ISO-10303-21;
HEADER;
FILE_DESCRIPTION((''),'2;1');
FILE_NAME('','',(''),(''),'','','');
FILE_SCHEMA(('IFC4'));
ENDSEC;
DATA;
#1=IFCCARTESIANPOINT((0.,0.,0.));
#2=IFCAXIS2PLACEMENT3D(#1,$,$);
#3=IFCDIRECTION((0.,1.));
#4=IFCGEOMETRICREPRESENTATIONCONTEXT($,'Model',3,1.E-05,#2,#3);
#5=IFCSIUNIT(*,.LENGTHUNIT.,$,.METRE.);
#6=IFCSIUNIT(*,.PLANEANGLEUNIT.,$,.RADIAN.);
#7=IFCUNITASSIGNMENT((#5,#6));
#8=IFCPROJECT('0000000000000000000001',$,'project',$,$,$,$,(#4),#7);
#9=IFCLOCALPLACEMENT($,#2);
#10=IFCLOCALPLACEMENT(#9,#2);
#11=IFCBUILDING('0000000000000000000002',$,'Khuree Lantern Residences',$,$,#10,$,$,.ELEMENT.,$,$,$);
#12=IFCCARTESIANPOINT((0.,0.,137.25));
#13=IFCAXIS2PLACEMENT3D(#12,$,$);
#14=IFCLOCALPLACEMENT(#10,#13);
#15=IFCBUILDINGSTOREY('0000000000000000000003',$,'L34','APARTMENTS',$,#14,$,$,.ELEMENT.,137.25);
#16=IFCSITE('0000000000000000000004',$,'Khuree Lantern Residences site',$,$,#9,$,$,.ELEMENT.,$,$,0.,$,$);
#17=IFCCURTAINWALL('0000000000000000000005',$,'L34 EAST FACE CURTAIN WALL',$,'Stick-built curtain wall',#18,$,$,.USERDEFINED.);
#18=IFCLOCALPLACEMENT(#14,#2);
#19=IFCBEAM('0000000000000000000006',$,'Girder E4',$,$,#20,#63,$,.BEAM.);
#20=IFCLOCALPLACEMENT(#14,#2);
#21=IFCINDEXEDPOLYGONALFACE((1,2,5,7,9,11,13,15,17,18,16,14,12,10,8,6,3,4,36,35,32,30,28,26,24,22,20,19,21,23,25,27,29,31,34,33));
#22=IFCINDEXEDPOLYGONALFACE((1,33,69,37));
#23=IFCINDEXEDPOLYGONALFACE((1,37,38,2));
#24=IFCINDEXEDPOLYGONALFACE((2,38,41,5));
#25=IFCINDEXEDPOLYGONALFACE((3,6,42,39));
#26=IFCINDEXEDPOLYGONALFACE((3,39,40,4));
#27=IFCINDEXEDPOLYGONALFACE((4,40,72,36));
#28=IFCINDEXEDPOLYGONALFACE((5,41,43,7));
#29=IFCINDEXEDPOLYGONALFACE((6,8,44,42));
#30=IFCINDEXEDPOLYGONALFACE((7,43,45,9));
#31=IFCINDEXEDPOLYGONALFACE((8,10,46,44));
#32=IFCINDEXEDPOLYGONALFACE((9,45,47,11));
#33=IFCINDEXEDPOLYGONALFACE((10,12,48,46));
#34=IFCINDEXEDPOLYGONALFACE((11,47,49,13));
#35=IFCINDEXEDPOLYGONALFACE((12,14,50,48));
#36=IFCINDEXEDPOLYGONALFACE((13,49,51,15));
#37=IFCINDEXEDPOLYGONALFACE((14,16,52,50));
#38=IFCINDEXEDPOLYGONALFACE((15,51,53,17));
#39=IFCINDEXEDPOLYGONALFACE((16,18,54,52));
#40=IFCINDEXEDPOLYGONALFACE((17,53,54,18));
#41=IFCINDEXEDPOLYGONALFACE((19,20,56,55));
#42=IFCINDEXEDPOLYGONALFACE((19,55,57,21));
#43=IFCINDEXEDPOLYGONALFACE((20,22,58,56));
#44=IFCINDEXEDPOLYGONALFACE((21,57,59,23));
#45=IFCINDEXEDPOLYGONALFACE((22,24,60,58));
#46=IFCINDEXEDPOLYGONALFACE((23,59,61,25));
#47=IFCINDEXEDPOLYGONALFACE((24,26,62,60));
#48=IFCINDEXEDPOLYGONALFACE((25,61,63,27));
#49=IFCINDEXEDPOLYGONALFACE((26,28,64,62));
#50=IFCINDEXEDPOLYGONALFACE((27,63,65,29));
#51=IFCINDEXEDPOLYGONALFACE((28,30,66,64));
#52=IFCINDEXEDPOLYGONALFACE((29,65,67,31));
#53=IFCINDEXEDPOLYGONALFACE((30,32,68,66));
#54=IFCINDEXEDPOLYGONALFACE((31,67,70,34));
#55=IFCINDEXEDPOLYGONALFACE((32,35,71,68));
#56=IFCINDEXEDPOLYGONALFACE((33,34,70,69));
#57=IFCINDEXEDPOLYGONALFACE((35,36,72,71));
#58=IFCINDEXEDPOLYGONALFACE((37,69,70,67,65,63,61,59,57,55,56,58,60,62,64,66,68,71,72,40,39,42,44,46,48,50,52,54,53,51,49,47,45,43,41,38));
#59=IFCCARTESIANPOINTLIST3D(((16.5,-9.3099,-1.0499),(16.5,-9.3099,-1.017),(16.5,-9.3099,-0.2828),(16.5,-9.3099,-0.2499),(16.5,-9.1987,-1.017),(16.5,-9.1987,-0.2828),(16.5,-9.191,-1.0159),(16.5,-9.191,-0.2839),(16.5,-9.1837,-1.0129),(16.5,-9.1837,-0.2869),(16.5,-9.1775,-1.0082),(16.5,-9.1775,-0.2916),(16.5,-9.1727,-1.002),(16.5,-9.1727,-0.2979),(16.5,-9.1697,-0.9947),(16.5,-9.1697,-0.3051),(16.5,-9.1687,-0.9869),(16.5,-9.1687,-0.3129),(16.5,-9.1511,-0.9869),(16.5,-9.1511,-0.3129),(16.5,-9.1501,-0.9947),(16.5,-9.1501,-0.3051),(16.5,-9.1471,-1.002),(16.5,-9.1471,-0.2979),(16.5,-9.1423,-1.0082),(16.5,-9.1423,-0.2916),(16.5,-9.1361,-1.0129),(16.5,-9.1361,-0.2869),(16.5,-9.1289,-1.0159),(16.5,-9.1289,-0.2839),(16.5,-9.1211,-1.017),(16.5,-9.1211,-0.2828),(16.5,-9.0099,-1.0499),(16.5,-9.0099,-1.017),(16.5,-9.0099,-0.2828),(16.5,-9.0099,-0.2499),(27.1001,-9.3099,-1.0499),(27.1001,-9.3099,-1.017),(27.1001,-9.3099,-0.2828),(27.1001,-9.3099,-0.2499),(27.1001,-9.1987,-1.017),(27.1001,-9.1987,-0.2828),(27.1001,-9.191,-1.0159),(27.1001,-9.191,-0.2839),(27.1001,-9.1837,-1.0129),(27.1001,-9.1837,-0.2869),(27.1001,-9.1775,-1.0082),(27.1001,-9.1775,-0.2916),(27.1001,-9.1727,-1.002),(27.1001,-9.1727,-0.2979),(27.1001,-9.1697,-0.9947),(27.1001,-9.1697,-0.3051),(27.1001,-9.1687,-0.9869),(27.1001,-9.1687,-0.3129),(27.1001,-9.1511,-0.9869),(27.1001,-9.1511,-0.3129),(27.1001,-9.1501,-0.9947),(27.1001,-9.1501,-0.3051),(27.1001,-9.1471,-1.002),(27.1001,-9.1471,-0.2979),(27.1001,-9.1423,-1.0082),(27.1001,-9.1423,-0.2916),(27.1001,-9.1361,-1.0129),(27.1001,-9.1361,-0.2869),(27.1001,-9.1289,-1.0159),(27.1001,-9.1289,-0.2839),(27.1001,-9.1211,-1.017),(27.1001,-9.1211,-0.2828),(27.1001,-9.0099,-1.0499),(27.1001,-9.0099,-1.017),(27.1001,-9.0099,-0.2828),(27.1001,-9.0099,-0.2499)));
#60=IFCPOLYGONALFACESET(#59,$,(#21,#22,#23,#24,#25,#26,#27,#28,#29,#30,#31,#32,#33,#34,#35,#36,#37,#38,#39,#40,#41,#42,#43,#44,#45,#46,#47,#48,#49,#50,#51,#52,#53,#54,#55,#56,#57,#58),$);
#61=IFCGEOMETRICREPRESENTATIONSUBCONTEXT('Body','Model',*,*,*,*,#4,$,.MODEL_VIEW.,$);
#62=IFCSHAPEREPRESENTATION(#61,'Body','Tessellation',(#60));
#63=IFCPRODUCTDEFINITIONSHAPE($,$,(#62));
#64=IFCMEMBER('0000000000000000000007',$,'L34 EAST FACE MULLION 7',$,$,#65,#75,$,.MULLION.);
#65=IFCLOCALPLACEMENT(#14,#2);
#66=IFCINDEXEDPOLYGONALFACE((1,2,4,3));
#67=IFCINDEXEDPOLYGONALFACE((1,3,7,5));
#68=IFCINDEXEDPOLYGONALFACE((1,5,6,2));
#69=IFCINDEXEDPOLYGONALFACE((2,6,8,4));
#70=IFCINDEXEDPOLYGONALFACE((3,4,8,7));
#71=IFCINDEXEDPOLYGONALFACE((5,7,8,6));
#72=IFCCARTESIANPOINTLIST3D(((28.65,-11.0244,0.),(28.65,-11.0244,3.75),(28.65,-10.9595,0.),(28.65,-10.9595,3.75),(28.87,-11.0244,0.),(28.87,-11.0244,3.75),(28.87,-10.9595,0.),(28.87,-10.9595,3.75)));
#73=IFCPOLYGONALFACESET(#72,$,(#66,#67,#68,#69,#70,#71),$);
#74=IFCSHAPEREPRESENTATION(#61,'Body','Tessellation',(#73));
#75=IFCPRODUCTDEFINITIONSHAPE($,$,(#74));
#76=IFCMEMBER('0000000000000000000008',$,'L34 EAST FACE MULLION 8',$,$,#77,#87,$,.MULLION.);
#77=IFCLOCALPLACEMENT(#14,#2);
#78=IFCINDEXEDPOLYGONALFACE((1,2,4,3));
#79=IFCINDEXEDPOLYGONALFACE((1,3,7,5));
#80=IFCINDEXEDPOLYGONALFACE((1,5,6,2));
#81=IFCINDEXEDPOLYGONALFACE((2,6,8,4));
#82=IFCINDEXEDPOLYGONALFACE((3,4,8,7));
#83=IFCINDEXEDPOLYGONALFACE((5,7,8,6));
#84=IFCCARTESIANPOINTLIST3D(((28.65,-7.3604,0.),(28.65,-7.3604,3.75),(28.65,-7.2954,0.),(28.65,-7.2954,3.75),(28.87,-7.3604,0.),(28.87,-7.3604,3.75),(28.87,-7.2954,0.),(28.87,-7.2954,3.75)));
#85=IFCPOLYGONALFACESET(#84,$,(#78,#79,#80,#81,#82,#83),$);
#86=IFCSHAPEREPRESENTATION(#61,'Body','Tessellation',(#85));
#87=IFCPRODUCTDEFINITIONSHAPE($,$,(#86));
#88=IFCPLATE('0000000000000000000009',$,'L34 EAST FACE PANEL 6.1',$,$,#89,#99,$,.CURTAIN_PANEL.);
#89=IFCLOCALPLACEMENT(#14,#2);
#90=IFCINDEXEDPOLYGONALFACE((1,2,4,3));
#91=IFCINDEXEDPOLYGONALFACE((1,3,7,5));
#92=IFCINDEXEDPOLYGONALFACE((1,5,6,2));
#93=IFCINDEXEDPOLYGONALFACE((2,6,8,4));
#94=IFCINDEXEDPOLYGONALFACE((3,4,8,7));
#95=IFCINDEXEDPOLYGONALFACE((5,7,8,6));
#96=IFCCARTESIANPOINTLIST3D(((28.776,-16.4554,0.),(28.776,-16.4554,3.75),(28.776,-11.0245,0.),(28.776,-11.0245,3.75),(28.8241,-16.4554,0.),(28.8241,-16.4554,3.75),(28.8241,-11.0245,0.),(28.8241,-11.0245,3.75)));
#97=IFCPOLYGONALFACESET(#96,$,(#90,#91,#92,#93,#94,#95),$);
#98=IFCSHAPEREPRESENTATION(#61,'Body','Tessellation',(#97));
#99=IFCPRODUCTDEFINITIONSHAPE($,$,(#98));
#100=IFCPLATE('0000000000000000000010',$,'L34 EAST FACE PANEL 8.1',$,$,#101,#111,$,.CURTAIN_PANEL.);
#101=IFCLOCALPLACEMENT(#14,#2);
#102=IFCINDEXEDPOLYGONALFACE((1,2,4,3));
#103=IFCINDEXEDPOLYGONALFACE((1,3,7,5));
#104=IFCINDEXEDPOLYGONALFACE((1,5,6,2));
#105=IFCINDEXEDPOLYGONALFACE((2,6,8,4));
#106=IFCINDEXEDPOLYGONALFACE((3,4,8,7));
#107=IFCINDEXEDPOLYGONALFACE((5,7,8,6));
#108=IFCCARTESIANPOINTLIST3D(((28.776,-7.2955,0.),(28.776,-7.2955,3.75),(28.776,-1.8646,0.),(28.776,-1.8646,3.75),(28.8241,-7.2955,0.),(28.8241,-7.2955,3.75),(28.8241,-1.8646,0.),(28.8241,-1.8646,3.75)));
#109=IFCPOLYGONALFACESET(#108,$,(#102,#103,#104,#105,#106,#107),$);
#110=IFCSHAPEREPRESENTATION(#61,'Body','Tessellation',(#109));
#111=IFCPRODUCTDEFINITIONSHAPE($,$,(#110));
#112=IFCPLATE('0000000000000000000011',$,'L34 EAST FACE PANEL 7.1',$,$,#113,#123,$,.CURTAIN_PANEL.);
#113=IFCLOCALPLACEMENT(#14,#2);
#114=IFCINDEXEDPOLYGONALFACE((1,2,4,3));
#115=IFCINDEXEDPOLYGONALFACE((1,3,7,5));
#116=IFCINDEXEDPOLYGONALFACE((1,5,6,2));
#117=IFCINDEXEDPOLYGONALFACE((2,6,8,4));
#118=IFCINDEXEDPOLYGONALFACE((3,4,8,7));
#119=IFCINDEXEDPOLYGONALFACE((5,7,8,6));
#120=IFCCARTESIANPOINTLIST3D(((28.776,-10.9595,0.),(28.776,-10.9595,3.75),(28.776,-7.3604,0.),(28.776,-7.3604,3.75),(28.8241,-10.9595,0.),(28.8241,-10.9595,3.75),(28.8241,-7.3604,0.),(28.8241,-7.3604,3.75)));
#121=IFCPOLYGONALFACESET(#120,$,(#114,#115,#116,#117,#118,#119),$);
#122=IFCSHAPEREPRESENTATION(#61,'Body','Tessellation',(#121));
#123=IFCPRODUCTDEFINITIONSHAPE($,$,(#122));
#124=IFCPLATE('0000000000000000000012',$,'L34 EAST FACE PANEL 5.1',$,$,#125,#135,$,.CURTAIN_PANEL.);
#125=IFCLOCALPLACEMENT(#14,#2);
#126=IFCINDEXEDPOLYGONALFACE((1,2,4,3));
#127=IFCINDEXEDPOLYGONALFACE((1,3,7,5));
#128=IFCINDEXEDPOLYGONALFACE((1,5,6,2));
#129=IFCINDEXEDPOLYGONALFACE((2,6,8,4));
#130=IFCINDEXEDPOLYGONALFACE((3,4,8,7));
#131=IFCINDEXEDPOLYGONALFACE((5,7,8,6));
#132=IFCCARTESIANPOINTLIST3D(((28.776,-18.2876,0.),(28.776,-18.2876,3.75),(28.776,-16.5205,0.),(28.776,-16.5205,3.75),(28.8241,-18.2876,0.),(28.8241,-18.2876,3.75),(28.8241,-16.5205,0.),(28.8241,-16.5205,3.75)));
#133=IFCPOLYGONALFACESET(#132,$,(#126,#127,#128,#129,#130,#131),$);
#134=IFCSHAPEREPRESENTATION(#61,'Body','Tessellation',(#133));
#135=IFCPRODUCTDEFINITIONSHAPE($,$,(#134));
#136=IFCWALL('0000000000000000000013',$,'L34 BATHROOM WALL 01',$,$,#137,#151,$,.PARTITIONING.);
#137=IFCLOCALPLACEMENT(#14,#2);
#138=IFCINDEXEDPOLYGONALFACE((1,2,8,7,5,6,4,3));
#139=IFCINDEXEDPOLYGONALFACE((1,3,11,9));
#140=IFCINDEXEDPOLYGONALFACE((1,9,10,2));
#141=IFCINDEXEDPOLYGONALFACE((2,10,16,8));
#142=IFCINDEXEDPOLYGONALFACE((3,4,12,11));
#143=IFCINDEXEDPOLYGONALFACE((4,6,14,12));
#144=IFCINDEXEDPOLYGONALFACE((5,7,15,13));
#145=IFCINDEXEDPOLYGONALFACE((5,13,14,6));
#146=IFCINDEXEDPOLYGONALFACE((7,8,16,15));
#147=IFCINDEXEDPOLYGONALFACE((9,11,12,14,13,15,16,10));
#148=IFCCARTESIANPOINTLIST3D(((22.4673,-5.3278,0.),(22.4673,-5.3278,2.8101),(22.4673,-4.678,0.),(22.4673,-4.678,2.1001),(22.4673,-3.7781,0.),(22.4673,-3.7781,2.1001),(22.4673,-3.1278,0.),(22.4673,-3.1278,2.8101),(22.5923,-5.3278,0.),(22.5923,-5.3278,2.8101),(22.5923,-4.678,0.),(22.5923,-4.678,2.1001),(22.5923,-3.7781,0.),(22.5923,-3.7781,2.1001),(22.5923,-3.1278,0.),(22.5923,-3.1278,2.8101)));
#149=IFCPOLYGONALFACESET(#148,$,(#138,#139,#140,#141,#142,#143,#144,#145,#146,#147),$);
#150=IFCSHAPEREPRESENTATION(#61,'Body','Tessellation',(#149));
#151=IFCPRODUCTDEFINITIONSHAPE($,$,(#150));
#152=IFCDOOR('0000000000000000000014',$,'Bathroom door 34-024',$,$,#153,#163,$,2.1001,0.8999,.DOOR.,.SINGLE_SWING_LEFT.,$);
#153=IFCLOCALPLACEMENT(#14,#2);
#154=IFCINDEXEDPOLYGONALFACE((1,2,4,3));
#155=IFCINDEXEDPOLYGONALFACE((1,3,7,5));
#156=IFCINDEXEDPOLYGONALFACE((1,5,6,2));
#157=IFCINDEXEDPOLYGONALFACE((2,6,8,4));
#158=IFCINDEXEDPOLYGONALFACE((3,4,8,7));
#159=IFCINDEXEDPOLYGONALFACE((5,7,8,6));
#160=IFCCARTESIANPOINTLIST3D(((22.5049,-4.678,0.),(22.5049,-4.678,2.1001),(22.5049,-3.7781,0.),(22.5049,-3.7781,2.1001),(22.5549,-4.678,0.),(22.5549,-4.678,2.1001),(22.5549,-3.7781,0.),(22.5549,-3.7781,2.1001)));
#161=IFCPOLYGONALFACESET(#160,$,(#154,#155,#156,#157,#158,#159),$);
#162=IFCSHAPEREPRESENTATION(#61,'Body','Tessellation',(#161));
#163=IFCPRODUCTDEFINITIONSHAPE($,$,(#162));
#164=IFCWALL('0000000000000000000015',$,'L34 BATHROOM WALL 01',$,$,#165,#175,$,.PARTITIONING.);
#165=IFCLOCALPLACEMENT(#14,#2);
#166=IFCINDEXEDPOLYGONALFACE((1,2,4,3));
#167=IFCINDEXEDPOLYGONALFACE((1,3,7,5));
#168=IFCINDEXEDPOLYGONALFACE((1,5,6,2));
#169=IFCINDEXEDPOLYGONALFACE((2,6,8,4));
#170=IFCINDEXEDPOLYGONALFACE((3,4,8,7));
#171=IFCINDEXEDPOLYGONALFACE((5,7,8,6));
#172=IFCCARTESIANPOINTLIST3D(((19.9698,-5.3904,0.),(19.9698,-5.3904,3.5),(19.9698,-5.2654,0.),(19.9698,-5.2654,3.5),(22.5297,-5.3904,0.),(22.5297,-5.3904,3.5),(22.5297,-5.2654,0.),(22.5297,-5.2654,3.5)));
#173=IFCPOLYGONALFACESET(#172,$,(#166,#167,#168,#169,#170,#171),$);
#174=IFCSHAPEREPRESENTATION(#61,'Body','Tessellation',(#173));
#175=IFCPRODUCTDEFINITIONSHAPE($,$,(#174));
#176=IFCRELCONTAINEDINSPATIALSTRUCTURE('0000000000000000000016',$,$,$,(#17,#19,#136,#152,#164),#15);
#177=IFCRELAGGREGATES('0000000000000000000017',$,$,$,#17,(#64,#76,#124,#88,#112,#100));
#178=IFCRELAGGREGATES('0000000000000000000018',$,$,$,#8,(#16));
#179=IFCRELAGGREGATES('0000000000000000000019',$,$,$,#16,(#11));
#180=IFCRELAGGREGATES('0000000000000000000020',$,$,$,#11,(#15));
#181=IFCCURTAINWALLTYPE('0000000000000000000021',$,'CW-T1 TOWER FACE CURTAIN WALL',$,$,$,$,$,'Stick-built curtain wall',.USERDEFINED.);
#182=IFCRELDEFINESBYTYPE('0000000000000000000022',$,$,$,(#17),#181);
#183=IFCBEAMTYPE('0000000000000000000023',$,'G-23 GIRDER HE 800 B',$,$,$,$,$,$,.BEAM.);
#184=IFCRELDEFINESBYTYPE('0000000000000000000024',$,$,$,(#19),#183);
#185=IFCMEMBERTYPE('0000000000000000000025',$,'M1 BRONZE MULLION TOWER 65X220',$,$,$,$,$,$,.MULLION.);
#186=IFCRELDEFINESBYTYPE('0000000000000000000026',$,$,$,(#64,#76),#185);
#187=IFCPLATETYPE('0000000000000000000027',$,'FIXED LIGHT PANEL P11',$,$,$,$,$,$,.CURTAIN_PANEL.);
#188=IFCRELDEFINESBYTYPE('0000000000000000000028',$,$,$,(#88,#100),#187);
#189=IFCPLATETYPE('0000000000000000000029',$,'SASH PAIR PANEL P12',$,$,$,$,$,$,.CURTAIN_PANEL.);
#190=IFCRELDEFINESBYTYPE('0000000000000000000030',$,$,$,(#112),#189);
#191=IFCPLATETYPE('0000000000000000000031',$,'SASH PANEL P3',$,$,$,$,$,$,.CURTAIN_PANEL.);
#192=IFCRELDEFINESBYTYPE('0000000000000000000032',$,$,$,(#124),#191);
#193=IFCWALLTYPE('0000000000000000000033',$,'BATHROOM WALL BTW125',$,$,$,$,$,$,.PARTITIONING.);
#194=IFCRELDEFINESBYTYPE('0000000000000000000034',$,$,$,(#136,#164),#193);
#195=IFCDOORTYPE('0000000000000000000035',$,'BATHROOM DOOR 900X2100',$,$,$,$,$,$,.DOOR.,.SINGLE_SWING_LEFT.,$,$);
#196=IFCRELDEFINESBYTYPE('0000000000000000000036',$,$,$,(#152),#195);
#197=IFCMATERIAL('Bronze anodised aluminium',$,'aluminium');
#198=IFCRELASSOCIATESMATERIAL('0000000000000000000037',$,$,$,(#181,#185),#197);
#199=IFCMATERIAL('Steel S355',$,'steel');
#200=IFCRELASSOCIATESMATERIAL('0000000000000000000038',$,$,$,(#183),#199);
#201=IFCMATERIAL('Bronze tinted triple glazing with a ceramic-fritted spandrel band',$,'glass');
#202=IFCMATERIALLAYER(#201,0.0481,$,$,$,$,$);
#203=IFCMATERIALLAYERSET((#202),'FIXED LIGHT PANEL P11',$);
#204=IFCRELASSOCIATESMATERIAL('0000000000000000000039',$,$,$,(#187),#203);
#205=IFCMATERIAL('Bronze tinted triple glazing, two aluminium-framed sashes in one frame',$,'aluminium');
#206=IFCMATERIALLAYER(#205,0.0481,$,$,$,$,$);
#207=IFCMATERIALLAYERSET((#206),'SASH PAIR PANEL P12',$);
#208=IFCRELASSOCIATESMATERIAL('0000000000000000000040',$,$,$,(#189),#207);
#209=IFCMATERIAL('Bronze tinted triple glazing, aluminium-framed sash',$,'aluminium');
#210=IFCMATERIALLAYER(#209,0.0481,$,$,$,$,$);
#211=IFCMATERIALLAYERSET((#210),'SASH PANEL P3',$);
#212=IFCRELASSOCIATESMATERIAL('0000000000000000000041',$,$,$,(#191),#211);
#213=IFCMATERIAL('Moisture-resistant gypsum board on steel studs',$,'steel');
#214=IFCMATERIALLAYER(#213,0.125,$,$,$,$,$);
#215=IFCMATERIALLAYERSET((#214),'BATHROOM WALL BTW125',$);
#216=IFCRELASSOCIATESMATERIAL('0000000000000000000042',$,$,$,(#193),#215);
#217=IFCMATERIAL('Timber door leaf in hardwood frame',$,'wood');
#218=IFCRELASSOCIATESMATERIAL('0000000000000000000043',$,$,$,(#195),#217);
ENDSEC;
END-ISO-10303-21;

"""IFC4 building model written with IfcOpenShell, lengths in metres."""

from ifc_helpers import new_model, si_unit, direction, frame, frame_2d, origin, origin_2d, place, context, subcontext, project, spatial, rectangle, i_section, extrude, material, layer, layer_set, material_profile, profile_set, type_object, element, fill, aggregate, save


model = new_model("IFC4")

# Units and contexts
model_context = context("Model", 3, precision=1e-05, world=origin(), true_north=direction((0.0, 1.0)))
body_context = subcontext(model_context, "Body", "Model", "MODEL_VIEW")
ifc_project = project(units=[si_unit("LENGTHUNIT", "METRE"), si_unit("PLANEANGLEUNIT", "RADIAN")], contexts=[model_context])

# Site, building, storey
site_placement = place(None, origin())
site = spatial("IfcSite", under=ifc_project, at=site_placement, Name="Khuree Lantern Residences site", CompositionType="ELEMENT", RefElevation=0.0)
building_placement = place(site_placement, origin())
building = spatial("IfcBuilding", under=site, at=building_placement, Name="Khuree Lantern Residences", CompositionType="ELEMENT")
storey_placement = place(building_placement, frame((0.0, 0.0, 137.25)))
storey = spatial("IfcBuildingStorey", under=building, at=storey_placement, Name="L34", Description="APARTMENTS", CompositionType="ELEMENT", Elevation=137.25)

# Shared definitions
ifc_material_1 = material(Name="Steel S355", Category="steel")

# Curtain wall
ifc_material_2 = material(Name="Bronze anodised aluminium", Category="aluminium")
curtain_wall_type = type_object("IfcCurtainWallType", Name="CW-T1 TOWER FACE CURTAIN WALL", ElementType="Stick-built curtain wall", PredefinedType="USERDEFINED", material=ifc_material_2)
curtain_wall_placement = place(storey_placement, origin())
curtain_wall = element("IfcCurtainWall", 1, at=curtain_wall_placement, inside=storey, type_object=curtain_wall_type, Name="L34 EAST FACE CURTAIN WALL", ObjectType="Stick-built curtain wall", PredefinedType="USERDEFINED")

# Beam
ifc_material_profile_1 = material_profile(ifc_material_1, i_section(OverallWidth=0.3, OverallDepth=0.8, WebThickness=0.0176, FlangeThickness=0.033, FilletRadius=0.03, at=origin_2d()), Name="HE 800 B")
ifc_profile_set_1 = profile_set([ifc_material_profile_1], Name="Steel S355")
beam_type_1 = type_object("IfcBeamType", Name="G-23 GIRDER HE 800 B", PredefinedType="BEAM", material=ifc_profile_set_1)
beam_1_placement = place(storey_placement, frame((27.1001, -9.1599, -0.6499), z_axis=(-1.0, 0.0, 0.0), x_axis=(0.0, -1.0, 0.0)))
element("IfcBeam", 2, at=beam_1_placement, inside=storey, type_object=beam_type_1, Name="Girder E4", PredefinedType="BEAM", context=body_context, shape_type="SweptSolid", body=[
    extrude(i_section(OverallWidth=0.3, OverallDepth=0.8, WebThickness=0.0176, FlangeThickness=0.033, FilletRadius=0.03, at=origin_2d()), origin(), (0.0, 0.0, 1.0), 10.6001),
])

# Members
ifc_material_profile_2 = material_profile(ifc_material_2, rectangle(XDim=0.0649, YDim=0.22, at=origin_2d()), Name="M1 65X220")
ifc_profile_set_2 = profile_set([ifc_material_profile_2], Name="Bronze anodised aluminium")
member_type_1 = type_object("IfcMemberType", Name="M1 BRONZE MULLION TOWER 65X220", PredefinedType="MULLION", material=ifc_profile_set_2)
member_1_placement = place(storey_placement, frame((28.76, -10.9919, 0.0), z_axis=(0.0, 0.0, 1.0), x_axis=(0.0, 1.0, 0.0)))
member_1 = element("IfcMember", 3, at=member_1_placement, type_object=member_type_1, Name="L34 EAST FACE MULLION 7", PredefinedType="MULLION", context=body_context, shape_type="SweptSolid", body=[
    extrude(rectangle(XDim=0.0649, YDim=0.22, at=origin_2d()), origin(), (0.0, 0.0, 1.0), 3.75),
])
member_2_placement = place(storey_placement, frame((28.76, -7.3279, 0.0), z_axis=(0.0, 0.0, 1.0), x_axis=(0.0, 1.0, 0.0)))
member_2 = element("IfcMember", 4, at=member_2_placement, type_object=member_type_1, Name="L34 EAST FACE MULLION 8", PredefinedType="MULLION", context=body_context, shape_type="SweptSolid", body=[
    extrude(rectangle(XDim=0.0649, YDim=0.22, at=origin_2d()), origin(), (0.0, 0.0, 1.0), 3.75),
])

# Plates
ifc_material_3 = material(Name="Bronze tinted triple glazing with a ceramic-fritted spandrel band", Category="glass")
ifc_layer_1 = layer(ifc_material_3, 0.0481)
ifc_layer_set_1 = layer_set([ifc_layer_1], Name="FIXED LIGHT PANEL P11")
plate_type_1 = type_object("IfcPlateType", Name="FIXED LIGHT PANEL P11", PredefinedType="CURTAIN_PANEL", material=ifc_layer_set_1)
plate_1_placement = place(storey_placement, frame((28.8, -13.74, 0.0), z_axis=(0.0, 0.0, 1.0), x_axis=(0.0, 1.0, 0.0)))
plate_1 = element("IfcPlate", 5, at=plate_1_placement, type_object=plate_type_1, Name="L34 EAST FACE PANEL 6.1", PredefinedType="CURTAIN_PANEL", context=body_context, shape_type="SweptSolid", body=[
    extrude(rectangle(XDim=5.4309, YDim=0.0481, at=origin_2d()), origin(), (0.0, 0.0, 1.0), 3.75),
])
plate_2_placement = place(storey_placement, frame((28.8, -4.5801, 0.0), z_axis=(0.0, 0.0, 1.0), x_axis=(0.0, 1.0, 0.0)))
plate_2 = element("IfcPlate", 6, at=plate_2_placement, type_object=plate_type_1, Name="L34 EAST FACE PANEL 8.1", PredefinedType="CURTAIN_PANEL", context=body_context, shape_type="SweptSolid", body=[
    extrude(rectangle(XDim=5.4309, YDim=0.0481, at=origin_2d()), origin(), (0.0, 0.0, 1.0), 3.75),
])
ifc_material_4 = material(Name="Bronze tinted triple glazing, two aluminium-framed sashes in one frame", Category="aluminium")
ifc_layer_2 = layer(ifc_material_4, 0.0481)
ifc_layer_set_2 = layer_set([ifc_layer_2], Name="SASH PAIR PANEL P12")
plate_type_2 = type_object("IfcPlateType", Name="SASH PAIR PANEL P12", PredefinedType="CURTAIN_PANEL", material=ifc_layer_set_2)
plate_3_placement = place(storey_placement, frame((28.8, -9.1599, 0.0), z_axis=(0.0, 0.0, 1.0), x_axis=(0.0, 1.0, 0.0)))
plate_3 = element("IfcPlate", 7, at=plate_3_placement, type_object=plate_type_2, Name="L34 EAST FACE PANEL 7.1", PredefinedType="CURTAIN_PANEL", context=body_context, shape_type="SweptSolid", body=[
    extrude(rectangle(XDim=3.5991, YDim=0.0481, at=origin_2d()), origin(), (0.0, 0.0, 1.0), 3.75),
])
ifc_material_5 = material(Name="Bronze tinted triple glazing, aluminium-framed sash", Category="aluminium")
ifc_layer_3 = layer(ifc_material_5, 0.0481)
ifc_layer_set_3 = layer_set([ifc_layer_3], Name="SASH PANEL P3")
plate_type_3 = type_object("IfcPlateType", Name="SASH PANEL P3", PredefinedType="CURTAIN_PANEL", material=ifc_layer_set_3)
plate_4_placement = place(storey_placement, frame((28.8, -17.4041, 0.0), z_axis=(0.0, 0.0, 1.0), x_axis=(0.0, 1.0, 0.0)))
plate_4 = element("IfcPlate", 8, at=plate_4_placement, type_object=plate_type_3, Name="L34 EAST FACE PANEL 5.1", PredefinedType="CURTAIN_PANEL", context=body_context, shape_type="SweptSolid", body=[
    extrude(rectangle(XDim=1.7671, YDim=0.0481, at=origin_2d()), origin(), (0.0, 0.0, 1.0), 3.75),
])
aggregate(curtain_wall, [member_1, member_2, plate_4, plate_1, plate_3, plate_2])

# Wall, opening, door
ifc_material_6 = material(Name="Moisture-resistant gypsum board on steel studs", Category="steel")
ifc_layer_4 = layer(ifc_material_6, 0.125)
ifc_layer_set_4 = layer_set([ifc_layer_4], Name="BATHROOM WALL BTW125")
wall_type_1 = type_object("IfcWallType", Name="BATHROOM WALL BTW125", PredefinedType="PARTITIONING", material=ifc_layer_set_4)
wall_1_placement = place(storey_placement, frame((22.5298, -5.3279, 0.0), z_axis=(0.0, 0.0, 1.0), x_axis=(0.0, 1.0, 0.0)))
wall_1 = element("IfcWall", 9, at=wall_1_placement, inside=storey, type_object=wall_type_1, Name="L34 BATHROOM WALL 01", PredefinedType="PARTITIONING", context=body_context, shape_type="SweptSolid", body=[
    extrude(rectangle(XDim=2.2, YDim=0.125, at=frame_2d((1.1001, 0.0))), origin(), (0.0, 0.0, 1.0), 2.8101),
])
opening_1_placement = place(wall_1_placement, frame((0.6499, 0.0, 0.0)))
opening_1 = element("IfcOpeningElement", 10, at=opening_1_placement, cuts=wall_1, PredefinedType="OPENING", context=body_context, shape_type="SweptSolid", body=[
    extrude(rectangle(XDim=0.8999, YDim=2.1001, at=frame_2d((0.45, 1.05))), frame((0.0, 0.0725, 0.0), z_axis=(0.0, -1.0, 0.0), x_axis=(1.0, 0.0, 0.0)), (0.0, 0.0, 1.0), 0.145),
])
ifc_material_7 = material(Name="Timber door leaf in hardwood frame", Category="wood")
door_type_1 = type_object("IfcDoorType", Name="BATHROOM DOOR 900X2100", OperationType="SINGLE_SWING_LEFT", PredefinedType="DOOR", material=ifc_material_7)
door_1_placement = place(opening_1_placement, origin())
door_1 = element("IfcDoor", 11, at=door_1_placement, inside=storey, type_object=door_type_1, Name="Bathroom door 34-024", OperationType="SINGLE_SWING_LEFT", OverallHeight=2.1001, OverallWidth=0.8999, PredefinedType="DOOR", context=body_context, shape_type="SweptSolid", body=[
    extrude(rectangle(XDim=0.8999, YDim=2.1001, at=frame_2d((0.45, 1.05))), frame((0.0, 0.0249, 0.0), z_axis=(0.0, -1.0, 0.0), x_axis=(1.0, 0.0, 0.0)), (0.0, 0.0, 1.0), 0.05),
])
fill(opening_1, door_1)

# Wall
wall_2_placement = place(storey_placement, frame((19.97, -5.3279, 0.0), z_axis=(0.0, 0.0, 1.0), x_axis=(1.0, 0.0, 0.0)))
element("IfcWall", 12, at=wall_2_placement, inside=storey, type_object=wall_type_1, Name="L34 BATHROOM WALL 01", PredefinedType="PARTITIONING", context=body_context, shape_type="SweptSolid", body=[
    extrude(rectangle(XDim=2.5598, YDim=0.125, at=frame_2d((1.2798, 0.0))), origin(), (0.0, 0.0, 1.0), 3.5),
])

save(model, "model.ifc")
